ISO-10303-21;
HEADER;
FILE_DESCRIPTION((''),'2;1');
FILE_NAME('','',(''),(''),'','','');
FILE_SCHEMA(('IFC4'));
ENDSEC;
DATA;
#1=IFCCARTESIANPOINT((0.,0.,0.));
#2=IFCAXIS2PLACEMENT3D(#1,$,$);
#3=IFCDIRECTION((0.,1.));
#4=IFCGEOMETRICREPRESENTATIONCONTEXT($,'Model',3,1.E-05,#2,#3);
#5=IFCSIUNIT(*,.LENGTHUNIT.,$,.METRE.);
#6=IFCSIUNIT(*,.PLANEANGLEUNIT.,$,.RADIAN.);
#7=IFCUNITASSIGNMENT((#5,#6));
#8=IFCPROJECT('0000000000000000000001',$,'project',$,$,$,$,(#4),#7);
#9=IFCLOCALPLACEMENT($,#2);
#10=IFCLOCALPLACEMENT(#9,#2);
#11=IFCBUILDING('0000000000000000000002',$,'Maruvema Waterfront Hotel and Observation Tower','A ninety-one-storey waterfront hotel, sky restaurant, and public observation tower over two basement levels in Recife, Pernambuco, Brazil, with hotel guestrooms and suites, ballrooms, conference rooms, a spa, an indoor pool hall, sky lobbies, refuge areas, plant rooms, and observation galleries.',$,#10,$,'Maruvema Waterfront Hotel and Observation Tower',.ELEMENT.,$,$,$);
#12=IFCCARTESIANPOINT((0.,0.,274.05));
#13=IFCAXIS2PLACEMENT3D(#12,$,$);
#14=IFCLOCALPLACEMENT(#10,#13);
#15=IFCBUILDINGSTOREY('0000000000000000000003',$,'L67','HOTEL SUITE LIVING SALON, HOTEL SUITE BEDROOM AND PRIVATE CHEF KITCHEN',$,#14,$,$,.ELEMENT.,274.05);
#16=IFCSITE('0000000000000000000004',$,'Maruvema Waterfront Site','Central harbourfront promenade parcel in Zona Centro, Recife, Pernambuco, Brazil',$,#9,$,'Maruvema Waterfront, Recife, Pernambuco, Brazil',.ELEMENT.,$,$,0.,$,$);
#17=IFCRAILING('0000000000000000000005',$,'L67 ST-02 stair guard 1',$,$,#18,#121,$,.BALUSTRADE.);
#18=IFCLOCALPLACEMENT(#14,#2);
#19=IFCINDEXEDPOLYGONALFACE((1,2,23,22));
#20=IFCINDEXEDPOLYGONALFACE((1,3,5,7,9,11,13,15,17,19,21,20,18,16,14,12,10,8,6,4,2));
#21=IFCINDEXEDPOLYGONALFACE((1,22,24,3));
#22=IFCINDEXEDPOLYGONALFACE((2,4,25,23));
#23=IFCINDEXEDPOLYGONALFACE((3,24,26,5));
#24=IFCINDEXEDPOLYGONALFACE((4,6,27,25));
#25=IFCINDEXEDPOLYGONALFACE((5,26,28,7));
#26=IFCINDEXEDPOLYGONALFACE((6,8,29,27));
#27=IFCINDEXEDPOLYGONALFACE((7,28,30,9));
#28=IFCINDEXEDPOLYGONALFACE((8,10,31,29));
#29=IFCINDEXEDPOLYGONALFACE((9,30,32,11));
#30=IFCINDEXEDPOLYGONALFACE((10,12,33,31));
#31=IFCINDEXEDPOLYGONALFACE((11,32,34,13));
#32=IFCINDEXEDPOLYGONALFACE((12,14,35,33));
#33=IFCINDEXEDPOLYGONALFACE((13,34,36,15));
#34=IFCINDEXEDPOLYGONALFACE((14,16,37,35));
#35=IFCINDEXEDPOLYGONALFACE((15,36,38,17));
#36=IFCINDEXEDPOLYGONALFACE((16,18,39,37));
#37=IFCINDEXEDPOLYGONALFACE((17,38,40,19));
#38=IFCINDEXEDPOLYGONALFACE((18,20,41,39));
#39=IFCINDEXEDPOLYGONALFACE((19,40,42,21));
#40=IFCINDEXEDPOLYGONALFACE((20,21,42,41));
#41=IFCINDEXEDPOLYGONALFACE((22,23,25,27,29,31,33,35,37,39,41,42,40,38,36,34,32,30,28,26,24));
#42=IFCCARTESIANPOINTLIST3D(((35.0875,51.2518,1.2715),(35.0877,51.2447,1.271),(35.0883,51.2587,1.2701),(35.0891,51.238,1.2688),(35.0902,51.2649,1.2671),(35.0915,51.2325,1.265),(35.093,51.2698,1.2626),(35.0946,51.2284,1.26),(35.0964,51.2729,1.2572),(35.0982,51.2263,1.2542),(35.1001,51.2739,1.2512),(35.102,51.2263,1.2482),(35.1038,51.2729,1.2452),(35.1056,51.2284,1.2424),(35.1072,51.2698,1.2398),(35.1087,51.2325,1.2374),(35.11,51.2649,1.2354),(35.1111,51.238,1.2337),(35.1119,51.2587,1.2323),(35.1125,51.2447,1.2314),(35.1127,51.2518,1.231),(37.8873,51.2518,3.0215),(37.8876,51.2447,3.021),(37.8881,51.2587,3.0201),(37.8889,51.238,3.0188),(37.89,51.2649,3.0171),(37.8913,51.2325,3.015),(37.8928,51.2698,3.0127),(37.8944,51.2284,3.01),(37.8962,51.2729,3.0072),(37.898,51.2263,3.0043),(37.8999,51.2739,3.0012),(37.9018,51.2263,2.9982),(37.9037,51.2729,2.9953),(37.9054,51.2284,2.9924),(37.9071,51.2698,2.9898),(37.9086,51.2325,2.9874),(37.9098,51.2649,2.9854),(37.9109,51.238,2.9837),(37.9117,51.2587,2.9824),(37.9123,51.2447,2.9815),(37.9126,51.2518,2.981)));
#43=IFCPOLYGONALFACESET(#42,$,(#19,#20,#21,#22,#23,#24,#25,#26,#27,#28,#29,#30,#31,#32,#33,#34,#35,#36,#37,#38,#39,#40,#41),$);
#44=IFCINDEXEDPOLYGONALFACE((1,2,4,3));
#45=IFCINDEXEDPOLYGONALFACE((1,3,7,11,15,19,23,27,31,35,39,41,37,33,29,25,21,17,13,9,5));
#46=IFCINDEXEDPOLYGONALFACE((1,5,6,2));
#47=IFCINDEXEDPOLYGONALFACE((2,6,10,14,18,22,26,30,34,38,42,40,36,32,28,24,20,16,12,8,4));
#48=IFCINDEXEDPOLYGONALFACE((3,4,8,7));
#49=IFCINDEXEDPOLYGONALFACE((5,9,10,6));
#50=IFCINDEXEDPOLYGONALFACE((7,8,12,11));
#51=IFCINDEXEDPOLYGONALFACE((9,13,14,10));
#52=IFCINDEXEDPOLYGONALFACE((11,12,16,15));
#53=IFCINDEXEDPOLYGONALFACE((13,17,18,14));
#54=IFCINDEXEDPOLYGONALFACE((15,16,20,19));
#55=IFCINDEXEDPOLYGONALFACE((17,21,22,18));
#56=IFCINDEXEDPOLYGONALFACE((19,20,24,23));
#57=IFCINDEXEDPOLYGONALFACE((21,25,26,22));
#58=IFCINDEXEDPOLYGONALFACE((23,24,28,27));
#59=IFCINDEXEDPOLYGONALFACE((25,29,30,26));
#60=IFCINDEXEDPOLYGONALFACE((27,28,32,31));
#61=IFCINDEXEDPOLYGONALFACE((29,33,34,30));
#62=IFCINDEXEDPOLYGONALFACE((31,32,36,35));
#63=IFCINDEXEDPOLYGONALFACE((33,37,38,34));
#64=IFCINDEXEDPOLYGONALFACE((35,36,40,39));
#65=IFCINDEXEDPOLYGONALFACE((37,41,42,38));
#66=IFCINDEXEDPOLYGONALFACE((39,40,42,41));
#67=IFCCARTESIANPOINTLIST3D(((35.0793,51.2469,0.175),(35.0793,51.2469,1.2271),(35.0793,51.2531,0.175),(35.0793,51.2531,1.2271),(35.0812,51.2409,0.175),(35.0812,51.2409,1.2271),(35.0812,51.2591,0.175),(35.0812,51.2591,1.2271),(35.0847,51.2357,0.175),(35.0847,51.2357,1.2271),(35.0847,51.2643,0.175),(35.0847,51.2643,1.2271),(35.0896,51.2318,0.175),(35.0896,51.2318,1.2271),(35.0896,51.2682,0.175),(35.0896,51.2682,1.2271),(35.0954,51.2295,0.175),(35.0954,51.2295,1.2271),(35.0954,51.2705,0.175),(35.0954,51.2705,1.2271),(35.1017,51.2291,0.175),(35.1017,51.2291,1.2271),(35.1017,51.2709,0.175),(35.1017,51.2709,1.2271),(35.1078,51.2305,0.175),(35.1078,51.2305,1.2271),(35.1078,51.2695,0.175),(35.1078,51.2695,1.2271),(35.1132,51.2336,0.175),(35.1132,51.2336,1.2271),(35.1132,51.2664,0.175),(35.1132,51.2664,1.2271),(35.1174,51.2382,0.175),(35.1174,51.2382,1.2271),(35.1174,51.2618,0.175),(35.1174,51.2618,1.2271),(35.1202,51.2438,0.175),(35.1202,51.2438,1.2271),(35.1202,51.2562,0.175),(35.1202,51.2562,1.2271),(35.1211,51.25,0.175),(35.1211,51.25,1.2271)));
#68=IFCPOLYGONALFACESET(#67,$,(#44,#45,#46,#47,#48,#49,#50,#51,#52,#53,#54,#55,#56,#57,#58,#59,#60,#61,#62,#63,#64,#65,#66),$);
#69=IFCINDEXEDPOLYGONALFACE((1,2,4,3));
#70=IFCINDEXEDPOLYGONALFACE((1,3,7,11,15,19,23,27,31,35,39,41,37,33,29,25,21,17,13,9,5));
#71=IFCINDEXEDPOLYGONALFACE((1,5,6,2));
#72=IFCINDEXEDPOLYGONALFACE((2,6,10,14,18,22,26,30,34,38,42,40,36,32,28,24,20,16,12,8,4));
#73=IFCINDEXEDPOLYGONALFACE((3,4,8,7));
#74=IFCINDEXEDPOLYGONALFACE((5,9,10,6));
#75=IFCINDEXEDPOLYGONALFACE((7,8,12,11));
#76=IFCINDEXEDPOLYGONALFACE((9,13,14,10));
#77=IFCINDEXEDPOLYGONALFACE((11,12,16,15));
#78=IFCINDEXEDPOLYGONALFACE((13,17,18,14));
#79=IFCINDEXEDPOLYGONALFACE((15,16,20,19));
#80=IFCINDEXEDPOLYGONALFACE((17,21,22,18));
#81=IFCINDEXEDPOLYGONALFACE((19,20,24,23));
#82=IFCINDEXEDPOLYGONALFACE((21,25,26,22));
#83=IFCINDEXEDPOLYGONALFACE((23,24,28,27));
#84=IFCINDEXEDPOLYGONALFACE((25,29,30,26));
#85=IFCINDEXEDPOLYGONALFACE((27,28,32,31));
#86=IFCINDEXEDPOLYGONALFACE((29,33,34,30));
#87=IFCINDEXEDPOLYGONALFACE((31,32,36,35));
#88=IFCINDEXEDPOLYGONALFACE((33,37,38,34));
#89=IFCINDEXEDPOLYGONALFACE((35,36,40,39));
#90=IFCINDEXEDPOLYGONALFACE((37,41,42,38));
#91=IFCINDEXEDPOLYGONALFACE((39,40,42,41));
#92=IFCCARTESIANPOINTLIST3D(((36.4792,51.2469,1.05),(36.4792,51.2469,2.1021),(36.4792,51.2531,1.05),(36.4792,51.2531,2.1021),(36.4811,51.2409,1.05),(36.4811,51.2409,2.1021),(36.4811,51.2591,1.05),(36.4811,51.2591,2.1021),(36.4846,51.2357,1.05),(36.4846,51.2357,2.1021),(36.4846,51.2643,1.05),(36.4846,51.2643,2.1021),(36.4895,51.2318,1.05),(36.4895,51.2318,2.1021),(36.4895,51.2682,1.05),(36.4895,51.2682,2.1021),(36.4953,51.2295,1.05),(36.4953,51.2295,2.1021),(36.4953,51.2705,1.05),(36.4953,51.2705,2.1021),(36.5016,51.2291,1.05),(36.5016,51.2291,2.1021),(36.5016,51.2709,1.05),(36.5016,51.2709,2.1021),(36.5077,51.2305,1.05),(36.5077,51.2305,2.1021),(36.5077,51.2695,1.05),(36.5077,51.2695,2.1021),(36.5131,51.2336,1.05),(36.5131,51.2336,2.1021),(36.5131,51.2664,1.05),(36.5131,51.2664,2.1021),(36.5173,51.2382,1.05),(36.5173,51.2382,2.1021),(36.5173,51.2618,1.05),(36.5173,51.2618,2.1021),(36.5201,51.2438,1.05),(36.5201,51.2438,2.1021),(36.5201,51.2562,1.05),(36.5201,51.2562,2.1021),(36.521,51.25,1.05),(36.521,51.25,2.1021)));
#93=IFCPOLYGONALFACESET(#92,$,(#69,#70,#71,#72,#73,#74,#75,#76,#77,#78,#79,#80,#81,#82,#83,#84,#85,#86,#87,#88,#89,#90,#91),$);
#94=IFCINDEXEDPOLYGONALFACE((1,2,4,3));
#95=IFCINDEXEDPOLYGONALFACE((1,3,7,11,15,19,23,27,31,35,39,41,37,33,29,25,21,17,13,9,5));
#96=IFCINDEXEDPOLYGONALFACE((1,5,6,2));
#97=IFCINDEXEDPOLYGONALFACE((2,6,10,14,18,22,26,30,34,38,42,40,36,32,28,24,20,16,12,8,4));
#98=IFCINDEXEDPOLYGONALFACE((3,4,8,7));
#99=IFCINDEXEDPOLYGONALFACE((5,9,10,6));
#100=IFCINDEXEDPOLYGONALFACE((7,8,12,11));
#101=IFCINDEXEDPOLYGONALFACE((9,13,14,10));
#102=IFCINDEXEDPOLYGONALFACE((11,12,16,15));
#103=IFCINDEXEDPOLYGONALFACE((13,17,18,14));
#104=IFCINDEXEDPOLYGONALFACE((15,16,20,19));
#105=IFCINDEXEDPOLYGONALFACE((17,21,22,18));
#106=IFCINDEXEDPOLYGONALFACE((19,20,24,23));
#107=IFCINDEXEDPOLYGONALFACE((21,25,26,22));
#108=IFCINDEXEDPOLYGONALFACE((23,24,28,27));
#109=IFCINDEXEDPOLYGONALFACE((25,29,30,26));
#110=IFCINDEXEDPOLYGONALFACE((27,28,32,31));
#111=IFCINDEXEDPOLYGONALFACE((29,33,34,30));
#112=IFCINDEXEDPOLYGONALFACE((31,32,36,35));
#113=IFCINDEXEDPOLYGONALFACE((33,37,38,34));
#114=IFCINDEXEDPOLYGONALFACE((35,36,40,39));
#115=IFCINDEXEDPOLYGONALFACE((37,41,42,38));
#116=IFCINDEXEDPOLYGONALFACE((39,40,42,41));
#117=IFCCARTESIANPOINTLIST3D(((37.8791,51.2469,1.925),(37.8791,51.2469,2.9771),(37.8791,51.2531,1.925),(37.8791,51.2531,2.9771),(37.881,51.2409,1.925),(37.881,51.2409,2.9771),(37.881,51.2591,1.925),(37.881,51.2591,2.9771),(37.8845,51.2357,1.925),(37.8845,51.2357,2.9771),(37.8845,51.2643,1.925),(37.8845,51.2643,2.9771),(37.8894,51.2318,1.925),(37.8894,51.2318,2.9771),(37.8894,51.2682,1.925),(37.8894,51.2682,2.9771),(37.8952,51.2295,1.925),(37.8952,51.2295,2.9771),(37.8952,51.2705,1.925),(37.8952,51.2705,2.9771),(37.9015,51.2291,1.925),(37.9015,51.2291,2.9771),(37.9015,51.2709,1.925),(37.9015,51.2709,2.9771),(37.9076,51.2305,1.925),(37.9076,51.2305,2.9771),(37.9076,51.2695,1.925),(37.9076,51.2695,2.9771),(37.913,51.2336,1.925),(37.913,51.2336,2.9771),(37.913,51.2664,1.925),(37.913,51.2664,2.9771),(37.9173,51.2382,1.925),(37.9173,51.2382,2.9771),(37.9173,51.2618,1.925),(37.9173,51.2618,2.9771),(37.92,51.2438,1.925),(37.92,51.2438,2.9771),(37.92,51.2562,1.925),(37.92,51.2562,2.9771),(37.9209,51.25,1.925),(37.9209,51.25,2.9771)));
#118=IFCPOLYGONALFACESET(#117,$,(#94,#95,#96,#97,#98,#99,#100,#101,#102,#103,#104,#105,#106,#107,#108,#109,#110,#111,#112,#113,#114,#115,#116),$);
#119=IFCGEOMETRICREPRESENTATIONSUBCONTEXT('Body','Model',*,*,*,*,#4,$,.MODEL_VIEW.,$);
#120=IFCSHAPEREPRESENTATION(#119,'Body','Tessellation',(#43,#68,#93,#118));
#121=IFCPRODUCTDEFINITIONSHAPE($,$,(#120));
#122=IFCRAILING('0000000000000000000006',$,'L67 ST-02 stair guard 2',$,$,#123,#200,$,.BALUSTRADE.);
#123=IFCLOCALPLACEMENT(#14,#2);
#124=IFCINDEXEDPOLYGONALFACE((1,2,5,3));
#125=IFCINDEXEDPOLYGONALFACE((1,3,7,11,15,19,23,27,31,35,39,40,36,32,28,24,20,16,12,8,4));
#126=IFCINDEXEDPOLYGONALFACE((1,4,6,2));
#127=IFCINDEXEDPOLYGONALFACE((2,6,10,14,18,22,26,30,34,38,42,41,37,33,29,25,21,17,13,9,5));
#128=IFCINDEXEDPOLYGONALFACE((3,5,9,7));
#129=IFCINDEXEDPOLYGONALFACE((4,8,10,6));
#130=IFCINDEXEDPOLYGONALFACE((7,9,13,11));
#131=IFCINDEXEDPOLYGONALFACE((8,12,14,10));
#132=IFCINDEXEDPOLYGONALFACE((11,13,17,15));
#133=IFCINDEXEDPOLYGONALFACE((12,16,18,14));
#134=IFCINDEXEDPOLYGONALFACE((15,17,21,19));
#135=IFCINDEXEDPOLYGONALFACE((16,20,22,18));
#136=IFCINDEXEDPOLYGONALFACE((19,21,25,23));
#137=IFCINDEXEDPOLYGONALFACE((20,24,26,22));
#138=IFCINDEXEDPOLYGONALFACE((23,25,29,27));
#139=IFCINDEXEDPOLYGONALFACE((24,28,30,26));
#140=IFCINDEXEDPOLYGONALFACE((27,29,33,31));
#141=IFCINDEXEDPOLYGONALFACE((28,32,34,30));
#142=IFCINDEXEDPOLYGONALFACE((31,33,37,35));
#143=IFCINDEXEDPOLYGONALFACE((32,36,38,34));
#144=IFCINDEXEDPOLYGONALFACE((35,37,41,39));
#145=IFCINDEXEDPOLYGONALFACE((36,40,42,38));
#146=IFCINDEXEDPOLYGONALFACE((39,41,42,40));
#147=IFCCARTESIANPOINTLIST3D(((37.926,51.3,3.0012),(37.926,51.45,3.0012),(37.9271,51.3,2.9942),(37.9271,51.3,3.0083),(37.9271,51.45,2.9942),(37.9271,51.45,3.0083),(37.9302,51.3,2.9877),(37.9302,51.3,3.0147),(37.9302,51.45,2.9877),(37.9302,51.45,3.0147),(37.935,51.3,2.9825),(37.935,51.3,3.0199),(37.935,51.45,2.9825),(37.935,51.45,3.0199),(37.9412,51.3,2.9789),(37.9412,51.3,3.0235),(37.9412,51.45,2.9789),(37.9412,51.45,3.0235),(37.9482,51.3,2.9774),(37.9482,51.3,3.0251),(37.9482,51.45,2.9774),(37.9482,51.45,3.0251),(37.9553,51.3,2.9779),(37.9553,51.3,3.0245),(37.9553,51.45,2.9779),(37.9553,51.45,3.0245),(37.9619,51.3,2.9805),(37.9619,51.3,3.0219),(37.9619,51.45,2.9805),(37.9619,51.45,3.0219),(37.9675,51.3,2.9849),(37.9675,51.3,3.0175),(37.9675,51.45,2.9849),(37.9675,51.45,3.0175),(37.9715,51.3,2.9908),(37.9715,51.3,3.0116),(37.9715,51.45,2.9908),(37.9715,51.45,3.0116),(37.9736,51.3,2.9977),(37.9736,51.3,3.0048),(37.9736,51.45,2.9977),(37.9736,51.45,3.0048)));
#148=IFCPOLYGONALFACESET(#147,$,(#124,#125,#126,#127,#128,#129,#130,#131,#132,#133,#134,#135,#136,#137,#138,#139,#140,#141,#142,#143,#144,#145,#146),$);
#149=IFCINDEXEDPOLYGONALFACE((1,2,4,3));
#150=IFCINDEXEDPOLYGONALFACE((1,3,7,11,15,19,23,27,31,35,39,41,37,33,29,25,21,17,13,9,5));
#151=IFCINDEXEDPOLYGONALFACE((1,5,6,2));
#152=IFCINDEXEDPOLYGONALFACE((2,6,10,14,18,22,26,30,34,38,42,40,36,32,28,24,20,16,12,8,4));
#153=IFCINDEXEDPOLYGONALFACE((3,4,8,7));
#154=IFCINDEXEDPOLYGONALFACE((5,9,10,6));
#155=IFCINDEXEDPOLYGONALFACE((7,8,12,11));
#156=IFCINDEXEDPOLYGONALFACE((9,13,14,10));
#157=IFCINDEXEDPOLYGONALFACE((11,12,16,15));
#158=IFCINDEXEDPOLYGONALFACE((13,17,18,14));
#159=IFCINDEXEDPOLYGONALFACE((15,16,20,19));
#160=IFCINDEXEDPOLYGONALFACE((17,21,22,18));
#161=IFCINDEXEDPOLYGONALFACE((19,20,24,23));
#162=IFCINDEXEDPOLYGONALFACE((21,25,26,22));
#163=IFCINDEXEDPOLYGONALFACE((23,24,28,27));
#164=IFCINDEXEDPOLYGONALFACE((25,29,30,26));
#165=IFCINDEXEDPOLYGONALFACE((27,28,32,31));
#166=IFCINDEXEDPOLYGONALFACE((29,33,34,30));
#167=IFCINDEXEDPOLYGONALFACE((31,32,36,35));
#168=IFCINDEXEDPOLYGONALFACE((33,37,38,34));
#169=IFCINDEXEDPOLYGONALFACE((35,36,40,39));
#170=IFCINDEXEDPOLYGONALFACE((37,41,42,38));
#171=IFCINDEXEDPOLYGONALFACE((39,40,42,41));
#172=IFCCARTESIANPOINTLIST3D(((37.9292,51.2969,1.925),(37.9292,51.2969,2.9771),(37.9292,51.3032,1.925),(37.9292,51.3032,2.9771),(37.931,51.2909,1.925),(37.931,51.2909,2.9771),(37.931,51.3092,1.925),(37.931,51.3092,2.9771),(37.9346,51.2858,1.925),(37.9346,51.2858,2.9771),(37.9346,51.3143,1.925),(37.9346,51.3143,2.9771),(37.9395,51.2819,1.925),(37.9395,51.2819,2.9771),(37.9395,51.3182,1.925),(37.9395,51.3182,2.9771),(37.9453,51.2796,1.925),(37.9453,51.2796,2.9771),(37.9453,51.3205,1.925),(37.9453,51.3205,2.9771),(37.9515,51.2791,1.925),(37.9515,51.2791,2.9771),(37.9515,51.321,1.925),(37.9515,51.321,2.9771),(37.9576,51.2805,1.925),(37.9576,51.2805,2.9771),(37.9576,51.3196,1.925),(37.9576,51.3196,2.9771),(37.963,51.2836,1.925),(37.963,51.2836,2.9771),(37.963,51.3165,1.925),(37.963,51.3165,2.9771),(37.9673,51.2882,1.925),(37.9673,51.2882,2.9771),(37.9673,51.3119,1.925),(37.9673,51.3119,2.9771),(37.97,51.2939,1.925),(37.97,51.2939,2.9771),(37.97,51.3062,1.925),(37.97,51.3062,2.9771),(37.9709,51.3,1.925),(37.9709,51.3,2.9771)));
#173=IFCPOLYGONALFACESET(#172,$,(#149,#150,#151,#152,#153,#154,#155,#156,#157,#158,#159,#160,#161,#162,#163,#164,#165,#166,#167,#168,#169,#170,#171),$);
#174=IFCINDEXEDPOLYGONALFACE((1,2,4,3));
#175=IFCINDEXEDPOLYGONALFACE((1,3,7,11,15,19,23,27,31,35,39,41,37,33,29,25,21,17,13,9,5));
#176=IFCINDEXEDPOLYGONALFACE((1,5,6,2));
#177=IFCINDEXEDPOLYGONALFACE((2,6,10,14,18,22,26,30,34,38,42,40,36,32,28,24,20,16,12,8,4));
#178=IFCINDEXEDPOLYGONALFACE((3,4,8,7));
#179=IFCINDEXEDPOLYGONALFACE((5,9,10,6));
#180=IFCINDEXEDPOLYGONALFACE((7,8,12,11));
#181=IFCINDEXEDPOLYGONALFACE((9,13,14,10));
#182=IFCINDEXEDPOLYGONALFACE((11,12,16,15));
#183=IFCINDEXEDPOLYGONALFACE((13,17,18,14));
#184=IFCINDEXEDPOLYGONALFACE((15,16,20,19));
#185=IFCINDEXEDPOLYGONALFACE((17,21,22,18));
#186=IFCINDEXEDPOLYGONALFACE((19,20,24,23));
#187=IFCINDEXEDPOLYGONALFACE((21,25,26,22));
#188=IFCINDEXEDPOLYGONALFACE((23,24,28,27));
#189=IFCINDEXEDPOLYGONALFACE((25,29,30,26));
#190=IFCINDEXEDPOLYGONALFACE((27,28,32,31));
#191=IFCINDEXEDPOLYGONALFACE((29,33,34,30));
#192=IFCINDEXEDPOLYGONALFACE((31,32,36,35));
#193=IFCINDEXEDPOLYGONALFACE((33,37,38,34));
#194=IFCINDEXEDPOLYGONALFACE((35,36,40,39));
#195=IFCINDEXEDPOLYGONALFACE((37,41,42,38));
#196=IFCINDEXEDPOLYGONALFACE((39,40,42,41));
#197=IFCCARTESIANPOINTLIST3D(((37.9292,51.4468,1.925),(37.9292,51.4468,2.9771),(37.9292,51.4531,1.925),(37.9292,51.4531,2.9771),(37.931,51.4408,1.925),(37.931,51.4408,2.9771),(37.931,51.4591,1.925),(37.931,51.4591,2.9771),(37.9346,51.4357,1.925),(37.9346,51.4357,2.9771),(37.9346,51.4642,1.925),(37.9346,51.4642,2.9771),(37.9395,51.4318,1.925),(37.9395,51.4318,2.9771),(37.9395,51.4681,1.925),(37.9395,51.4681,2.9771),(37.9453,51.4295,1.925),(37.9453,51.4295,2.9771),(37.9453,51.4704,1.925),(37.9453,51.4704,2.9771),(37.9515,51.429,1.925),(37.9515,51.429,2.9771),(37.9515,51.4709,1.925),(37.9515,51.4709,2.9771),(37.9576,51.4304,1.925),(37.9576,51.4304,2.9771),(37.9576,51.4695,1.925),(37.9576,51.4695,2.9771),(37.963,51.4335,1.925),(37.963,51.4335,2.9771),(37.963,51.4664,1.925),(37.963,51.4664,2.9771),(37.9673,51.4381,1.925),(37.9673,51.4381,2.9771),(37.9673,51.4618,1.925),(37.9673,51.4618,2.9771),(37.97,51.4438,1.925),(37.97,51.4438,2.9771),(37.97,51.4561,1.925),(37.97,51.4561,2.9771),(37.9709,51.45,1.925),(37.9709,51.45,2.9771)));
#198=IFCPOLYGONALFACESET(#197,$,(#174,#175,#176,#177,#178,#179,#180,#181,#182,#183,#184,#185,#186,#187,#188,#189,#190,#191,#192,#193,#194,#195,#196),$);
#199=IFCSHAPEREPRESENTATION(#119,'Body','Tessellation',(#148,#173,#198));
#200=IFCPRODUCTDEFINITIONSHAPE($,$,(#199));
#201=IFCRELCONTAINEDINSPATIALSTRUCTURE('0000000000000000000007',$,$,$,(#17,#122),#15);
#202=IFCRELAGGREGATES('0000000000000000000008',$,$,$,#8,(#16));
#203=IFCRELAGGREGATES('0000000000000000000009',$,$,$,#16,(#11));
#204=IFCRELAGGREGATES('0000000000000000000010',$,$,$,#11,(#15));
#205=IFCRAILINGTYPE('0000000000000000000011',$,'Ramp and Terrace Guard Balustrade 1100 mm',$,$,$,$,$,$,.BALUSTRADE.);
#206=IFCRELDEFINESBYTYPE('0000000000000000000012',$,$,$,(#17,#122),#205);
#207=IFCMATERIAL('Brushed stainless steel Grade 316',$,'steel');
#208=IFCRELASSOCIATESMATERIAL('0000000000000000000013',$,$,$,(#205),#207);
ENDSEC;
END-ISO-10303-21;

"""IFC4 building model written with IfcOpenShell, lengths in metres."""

from ifc_helpers import new_model, si_unit, direction, frame, origin, origin_2d, place, context, subcontext, project, spatial, circle, extrude, material, type_object, element, save


model = new_model("IFC4")

# Units and contexts
model_context = context("Model", 3, precision=1e-05, world=origin(), true_north=direction((0.0, 1.0)))
body_context = subcontext(model_context, "Body", "Model", "MODEL_VIEW")
ifc_project = project(units=[si_unit("LENGTHUNIT", "METRE"), si_unit("PLANEANGLEUNIT", "RADIAN")], contexts=[model_context])

# Site, building, storey
site_placement = place(None, origin())
site = spatial("IfcSite", under=ifc_project, at=site_placement, Name="Maruvema Waterfront Site", Description="Central harbourfront promenade parcel in Zona Centro, Recife, Pernambuco, Brazil", LongName="Maruvema Waterfront, Recife, Pernambuco, Brazil", CompositionType="ELEMENT", RefElevation=0.0)
building_placement = place(site_placement, origin())
building = spatial("IfcBuilding", under=site, at=building_placement, Name="Maruvema Waterfront Hotel and Observation Tower", Description="A ninety-one-storey waterfront hotel, sky restaurant, and public observation tower over two basement levels in Recife, Pernambuco, Brazil, with hotel guestrooms and suites, ballrooms, conference rooms, a spa, an indoor pool hall, sky lobbies, refuge areas, plant rooms, and observation galleries.", LongName="Maruvema Waterfront Hotel and Observation Tower", CompositionType="ELEMENT")
storey_placement = place(building_placement, frame((0.0, 0.0, 274.05)))
storey = spatial("IfcBuildingStorey", under=building, at=storey_placement, Name="L67", Description="HOTEL SUITE LIVING SALON, HOTEL SUITE BEDROOM AND PRIVATE CHEF KITCHEN", CompositionType="ELEMENT", Elevation=274.05)

# Railings
ifc_material_1 = material(Name="Brushed stainless steel Grade 316", Category="steel")
railing_type_1 = type_object("IfcRailingType", Name="Ramp and Terrace Guard Balustrade 1100 mm", PredefinedType="BALUSTRADE", material=ifc_material_1)
railing_1_placement = place(storey_placement, frame((35.1001, 51.25, 0.175)))
element("IfcRailing", 1, at=railing_1_placement, inside=storey, type_object=railing_type_1, Name="L67 ST-02 stair guard 1", PredefinedType="BALUSTRADE", context=body_context, shape_type="SweptSolid", body=[
    extrude(circle(Radius=0.0239, at=origin_2d()), frame((0.0, 0.0, 1.0762), z_axis=(0.847982, 0.0, 0.530026), x_axis=(0.0, 1.0, 0.0)), (0.0, 0.0, 1.0), 3.3018),
    extrude(circle(Radius=0.021, at=origin_2d()), origin(), (0.0, 0.0, 1.0), 1.052),
    extrude(circle(Radius=0.021, at=origin_2d()), frame((1.3999, 0.0, 0.875)), (0.0, 0.0, 1.0), 1.052),
    extrude(circle(Radius=0.021, at=origin_2d()), frame((2.7998, 0.0, 1.75)), (0.0, 0.0, 1.0), 1.052),
])
railing_2_placement = place(storey_placement, frame((37.95, 51.3, 1.925)))
element("IfcRailing", 2, at=railing_2_placement, inside=storey, type_object=railing_type_1, Name="L67 ST-02 stair guard 2", PredefinedType="BALUSTRADE", context=body_context, shape_type="SweptSolid", body=[
    extrude(circle(Radius=0.0239, at=origin_2d()), frame((0.0, 0.0, 1.0762), z_axis=(0.0, 1.0, 0.0), x_axis=(-1.0, 0.0, 0.0)), (0.0, 0.0, 1.0), 0.1499),
    extrude(circle(Radius=0.021, at=origin_2d()), origin(), (0.0, 0.0, 1.0), 1.052),
    extrude(circle(Radius=0.021, at=origin_2d()), frame((0.0, 0.1499, 0.0)), (0.0, 0.0, 1.0), 1.052),
])

save(model, "model.ifc")
